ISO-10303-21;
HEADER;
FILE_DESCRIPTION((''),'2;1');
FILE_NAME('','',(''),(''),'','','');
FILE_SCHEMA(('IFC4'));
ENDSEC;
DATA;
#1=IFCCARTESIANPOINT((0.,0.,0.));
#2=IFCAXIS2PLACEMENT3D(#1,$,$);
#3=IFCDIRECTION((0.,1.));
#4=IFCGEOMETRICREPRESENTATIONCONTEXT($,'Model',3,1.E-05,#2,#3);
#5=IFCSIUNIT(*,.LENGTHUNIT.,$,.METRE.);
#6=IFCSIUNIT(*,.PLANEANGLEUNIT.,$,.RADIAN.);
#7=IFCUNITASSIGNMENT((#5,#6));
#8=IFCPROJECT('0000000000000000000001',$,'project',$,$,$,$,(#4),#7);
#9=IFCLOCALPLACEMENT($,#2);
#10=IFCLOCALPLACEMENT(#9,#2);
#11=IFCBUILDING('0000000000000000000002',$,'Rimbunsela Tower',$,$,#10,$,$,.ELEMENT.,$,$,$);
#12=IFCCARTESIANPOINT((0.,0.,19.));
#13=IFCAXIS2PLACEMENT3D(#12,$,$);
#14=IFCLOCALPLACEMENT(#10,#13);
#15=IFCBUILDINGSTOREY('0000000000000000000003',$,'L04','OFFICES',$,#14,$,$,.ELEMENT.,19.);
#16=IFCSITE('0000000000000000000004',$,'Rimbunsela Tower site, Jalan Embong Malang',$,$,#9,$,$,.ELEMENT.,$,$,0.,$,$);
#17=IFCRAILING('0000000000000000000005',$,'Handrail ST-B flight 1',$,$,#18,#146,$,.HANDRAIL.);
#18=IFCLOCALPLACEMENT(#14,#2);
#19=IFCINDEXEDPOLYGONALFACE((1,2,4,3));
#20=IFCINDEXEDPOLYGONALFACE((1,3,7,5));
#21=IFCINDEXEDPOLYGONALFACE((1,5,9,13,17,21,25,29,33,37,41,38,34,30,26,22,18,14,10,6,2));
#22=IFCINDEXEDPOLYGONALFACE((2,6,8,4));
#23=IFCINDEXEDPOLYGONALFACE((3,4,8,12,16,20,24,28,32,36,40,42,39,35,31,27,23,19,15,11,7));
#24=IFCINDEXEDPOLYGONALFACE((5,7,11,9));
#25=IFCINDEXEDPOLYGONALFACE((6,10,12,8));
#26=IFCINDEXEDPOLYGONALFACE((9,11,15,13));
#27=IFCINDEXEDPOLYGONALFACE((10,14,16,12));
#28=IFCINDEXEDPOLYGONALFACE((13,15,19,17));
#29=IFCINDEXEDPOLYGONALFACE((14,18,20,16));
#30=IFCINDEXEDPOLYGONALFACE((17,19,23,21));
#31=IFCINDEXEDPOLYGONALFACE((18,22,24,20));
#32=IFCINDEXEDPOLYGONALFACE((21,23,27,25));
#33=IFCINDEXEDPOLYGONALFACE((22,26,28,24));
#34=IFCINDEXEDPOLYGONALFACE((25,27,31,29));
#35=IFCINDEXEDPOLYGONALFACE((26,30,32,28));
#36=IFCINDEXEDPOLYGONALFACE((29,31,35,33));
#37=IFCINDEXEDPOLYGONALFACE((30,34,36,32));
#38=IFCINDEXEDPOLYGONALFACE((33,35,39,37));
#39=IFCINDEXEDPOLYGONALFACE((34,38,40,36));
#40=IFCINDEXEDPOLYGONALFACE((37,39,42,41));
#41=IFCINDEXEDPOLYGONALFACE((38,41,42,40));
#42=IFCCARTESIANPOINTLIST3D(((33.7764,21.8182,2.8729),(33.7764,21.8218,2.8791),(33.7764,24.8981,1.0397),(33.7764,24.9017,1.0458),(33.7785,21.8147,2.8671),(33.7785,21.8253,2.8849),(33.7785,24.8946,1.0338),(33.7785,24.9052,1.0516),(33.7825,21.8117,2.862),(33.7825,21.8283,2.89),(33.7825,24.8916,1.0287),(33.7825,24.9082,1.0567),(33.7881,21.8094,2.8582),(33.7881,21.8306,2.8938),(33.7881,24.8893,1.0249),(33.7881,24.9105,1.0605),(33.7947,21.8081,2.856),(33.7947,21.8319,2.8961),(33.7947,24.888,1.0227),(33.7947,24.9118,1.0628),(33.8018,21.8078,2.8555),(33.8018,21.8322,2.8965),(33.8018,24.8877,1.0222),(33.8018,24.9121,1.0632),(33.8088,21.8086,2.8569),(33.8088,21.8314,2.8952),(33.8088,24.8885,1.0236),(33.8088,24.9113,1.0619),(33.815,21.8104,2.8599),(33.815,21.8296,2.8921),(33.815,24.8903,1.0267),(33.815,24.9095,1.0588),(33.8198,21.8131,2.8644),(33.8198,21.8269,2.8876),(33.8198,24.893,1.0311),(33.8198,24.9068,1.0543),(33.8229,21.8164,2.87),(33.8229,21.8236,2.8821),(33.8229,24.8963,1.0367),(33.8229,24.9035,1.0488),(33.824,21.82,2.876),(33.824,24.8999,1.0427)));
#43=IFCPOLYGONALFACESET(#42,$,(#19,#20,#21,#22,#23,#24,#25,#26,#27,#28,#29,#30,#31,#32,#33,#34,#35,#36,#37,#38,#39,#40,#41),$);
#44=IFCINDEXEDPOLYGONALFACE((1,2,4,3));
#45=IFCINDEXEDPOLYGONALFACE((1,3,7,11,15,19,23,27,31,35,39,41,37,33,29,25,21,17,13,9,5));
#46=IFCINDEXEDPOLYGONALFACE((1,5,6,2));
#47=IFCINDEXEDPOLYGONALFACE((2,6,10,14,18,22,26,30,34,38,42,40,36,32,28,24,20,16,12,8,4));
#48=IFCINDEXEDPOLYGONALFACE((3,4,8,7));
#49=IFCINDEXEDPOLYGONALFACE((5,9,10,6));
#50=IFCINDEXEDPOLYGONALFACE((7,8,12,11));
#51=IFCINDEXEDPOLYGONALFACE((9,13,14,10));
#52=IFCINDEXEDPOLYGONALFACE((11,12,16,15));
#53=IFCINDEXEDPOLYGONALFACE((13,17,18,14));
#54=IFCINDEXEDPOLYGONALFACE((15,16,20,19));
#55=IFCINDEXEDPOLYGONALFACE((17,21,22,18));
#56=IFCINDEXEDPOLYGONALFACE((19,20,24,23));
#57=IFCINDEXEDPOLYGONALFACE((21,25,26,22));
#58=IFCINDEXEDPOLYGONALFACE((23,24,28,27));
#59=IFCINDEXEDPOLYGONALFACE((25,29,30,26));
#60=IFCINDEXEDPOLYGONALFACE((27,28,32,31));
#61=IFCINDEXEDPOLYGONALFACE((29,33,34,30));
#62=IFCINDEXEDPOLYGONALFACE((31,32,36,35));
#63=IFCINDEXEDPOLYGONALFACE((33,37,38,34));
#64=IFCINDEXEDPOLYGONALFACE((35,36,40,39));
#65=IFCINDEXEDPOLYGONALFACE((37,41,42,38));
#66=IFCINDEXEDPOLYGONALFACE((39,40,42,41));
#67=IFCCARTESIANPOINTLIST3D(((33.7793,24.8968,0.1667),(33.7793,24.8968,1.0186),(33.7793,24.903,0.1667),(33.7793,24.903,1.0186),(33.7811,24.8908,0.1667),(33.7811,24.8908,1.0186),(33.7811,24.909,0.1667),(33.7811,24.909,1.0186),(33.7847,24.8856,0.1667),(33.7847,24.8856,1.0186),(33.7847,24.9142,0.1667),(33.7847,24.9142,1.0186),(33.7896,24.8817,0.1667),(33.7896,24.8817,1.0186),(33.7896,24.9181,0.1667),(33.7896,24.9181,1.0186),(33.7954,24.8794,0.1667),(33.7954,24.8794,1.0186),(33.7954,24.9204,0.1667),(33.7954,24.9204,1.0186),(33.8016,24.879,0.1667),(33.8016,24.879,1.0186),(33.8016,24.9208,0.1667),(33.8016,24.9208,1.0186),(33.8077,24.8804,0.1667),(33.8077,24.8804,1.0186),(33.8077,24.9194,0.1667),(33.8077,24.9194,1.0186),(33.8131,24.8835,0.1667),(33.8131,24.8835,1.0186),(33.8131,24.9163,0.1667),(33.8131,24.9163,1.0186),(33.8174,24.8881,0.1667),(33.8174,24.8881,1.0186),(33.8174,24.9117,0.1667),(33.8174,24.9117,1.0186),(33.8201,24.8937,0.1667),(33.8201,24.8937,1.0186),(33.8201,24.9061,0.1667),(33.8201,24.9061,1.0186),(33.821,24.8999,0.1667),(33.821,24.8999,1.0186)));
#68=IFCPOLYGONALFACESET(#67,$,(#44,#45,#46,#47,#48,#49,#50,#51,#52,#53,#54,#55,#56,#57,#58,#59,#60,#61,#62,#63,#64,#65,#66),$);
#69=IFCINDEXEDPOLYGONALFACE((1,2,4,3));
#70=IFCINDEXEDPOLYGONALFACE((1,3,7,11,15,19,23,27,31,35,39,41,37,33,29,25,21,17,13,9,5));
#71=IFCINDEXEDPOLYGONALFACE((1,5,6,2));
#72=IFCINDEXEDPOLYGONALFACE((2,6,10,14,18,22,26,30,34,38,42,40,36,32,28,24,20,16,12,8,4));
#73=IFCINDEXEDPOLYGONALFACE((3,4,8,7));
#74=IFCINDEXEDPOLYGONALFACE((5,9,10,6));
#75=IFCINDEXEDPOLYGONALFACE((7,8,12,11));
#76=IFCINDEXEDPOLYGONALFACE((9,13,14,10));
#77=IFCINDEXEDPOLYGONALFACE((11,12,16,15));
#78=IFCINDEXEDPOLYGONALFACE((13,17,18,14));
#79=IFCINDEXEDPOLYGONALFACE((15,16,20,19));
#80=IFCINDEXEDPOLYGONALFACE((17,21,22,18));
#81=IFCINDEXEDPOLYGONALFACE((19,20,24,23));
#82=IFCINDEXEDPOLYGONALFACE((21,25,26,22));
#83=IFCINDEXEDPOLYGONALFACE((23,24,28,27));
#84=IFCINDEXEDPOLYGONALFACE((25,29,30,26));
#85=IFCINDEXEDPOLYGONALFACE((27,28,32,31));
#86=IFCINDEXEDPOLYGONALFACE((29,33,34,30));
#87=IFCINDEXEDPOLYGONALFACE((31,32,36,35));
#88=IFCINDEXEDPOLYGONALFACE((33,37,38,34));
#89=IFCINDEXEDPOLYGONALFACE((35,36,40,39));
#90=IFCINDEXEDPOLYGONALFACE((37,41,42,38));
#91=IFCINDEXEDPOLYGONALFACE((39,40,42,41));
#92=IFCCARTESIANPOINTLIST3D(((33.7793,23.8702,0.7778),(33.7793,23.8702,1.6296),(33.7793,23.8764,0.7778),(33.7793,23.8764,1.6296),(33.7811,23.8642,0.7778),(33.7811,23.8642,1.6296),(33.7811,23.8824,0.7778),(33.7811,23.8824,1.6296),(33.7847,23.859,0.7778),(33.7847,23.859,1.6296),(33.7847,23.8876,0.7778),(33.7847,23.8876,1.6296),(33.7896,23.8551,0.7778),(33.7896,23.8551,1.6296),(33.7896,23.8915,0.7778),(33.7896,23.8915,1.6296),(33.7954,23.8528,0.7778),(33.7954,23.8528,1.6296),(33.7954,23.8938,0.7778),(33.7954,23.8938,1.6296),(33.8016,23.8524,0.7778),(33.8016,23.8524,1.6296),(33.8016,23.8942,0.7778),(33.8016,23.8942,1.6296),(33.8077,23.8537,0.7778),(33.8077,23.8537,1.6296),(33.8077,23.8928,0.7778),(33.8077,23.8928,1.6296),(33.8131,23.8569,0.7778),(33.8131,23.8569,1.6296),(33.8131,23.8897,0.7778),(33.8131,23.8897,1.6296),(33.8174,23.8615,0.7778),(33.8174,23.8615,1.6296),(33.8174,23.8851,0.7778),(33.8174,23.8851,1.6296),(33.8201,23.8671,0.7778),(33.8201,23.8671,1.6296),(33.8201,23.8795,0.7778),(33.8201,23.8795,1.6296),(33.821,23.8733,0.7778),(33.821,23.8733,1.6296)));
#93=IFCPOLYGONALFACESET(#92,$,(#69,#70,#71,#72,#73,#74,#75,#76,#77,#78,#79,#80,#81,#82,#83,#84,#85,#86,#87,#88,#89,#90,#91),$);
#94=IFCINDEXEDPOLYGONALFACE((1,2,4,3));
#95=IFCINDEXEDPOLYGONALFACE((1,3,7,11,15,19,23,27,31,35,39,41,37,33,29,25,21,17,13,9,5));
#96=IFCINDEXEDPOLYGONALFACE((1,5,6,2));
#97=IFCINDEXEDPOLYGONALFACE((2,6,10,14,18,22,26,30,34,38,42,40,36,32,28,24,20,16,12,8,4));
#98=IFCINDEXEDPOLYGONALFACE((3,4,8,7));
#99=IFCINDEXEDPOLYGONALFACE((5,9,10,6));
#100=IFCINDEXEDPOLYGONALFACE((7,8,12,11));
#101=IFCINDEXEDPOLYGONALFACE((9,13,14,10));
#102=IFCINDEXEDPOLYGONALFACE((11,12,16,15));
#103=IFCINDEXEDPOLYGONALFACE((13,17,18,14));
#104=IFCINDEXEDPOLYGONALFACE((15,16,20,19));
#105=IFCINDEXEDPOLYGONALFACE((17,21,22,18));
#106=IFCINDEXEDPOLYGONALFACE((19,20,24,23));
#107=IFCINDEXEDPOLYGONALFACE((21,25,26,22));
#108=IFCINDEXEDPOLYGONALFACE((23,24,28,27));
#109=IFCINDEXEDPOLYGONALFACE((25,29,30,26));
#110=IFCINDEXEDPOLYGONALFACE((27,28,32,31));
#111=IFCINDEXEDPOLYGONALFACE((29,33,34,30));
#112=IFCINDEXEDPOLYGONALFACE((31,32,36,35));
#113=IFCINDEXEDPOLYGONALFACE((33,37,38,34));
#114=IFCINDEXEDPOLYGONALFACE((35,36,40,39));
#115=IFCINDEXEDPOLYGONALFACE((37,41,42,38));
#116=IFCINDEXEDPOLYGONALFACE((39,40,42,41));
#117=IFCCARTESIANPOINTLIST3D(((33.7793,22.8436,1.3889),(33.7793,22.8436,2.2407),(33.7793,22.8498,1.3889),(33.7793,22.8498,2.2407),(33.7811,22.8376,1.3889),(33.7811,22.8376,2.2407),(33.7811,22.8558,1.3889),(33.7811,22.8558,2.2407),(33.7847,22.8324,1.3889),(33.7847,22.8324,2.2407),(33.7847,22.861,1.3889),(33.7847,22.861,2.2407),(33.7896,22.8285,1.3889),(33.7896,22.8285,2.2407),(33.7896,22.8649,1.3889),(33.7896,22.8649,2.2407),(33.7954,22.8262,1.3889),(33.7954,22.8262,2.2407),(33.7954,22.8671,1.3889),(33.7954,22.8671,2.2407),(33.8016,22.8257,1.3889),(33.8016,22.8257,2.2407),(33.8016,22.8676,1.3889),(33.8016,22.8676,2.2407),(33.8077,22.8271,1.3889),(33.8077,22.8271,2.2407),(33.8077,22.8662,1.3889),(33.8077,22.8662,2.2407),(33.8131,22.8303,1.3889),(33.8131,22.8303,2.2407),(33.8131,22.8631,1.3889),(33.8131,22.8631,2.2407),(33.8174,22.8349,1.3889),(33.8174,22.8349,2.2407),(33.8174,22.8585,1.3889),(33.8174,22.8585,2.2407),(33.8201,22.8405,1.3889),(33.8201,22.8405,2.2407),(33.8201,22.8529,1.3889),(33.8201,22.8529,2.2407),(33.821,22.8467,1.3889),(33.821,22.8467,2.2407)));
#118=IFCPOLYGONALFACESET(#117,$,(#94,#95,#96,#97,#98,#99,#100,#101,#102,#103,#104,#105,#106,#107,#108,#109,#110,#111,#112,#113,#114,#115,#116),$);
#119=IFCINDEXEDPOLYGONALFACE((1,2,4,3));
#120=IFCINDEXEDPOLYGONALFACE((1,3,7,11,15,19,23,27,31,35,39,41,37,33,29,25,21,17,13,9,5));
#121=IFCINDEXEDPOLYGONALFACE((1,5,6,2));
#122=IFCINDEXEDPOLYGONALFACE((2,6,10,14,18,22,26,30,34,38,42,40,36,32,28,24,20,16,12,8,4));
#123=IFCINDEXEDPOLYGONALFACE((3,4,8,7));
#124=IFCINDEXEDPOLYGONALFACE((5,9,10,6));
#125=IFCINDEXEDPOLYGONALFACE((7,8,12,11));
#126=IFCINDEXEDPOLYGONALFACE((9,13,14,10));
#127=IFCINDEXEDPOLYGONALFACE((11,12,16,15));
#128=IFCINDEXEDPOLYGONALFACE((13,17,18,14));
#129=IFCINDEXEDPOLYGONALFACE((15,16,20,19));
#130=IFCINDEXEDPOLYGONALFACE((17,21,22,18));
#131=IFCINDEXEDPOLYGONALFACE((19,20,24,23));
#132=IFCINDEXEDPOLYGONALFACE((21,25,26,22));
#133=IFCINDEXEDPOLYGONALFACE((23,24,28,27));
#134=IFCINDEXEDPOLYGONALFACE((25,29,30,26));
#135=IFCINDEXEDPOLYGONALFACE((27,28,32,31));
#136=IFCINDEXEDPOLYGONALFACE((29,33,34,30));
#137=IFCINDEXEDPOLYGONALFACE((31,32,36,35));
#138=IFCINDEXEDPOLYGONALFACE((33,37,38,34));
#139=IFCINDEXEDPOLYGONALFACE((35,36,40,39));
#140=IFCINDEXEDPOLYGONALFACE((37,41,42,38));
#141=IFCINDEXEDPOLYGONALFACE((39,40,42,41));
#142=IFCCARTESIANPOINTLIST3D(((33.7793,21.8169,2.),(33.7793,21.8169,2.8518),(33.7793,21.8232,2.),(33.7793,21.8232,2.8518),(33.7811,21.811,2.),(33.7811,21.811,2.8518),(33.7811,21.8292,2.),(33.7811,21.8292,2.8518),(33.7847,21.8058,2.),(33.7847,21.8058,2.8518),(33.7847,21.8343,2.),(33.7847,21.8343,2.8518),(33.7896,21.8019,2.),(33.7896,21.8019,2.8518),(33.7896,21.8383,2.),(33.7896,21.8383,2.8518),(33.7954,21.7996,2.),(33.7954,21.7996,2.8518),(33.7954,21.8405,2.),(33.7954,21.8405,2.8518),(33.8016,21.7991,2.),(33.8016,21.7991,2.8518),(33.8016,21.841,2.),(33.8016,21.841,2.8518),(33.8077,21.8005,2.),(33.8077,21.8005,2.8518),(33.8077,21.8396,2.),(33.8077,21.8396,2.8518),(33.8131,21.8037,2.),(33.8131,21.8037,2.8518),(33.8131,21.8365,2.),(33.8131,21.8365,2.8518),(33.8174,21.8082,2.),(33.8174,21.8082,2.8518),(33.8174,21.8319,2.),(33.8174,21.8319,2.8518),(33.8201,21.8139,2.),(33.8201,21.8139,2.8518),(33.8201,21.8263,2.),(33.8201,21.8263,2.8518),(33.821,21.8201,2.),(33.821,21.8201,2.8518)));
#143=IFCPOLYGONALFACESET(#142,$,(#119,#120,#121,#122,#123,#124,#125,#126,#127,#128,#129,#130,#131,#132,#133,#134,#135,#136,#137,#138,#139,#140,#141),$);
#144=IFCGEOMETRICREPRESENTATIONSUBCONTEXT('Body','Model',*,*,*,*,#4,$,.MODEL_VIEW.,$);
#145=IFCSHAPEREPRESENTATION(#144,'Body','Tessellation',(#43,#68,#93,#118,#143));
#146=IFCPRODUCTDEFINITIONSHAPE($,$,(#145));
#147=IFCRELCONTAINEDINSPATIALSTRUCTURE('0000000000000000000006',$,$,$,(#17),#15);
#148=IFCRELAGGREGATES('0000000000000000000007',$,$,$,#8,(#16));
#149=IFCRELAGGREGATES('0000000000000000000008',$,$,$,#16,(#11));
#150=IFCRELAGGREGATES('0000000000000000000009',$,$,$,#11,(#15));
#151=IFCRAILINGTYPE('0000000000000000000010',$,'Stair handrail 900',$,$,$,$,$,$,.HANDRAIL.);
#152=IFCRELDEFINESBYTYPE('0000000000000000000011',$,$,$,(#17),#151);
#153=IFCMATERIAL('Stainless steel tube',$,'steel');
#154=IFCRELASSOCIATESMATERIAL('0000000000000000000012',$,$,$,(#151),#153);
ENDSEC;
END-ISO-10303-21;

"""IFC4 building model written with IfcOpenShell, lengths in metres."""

from ifc_helpers import new_model, si_unit, direction, frame, origin, origin_2d, place, context, subcontext, project, spatial, circle, extrude, material, type_object, element, save


model = new_model("IFC4")

# Units and contexts
model_context = context("Model", 3, precision=1e-05, world=origin(), true_north=direction((0.0, 1.0)))
body_context = subcontext(model_context, "Body", "Model", "MODEL_VIEW")
ifc_project = project(units=[si_unit("LENGTHUNIT", "METRE"), si_unit("PLANEANGLEUNIT", "RADIAN")], contexts=[model_context])

# Site, building, storey
site_placement = place(None, origin())
site = spatial("IfcSite", under=ifc_project, at=site_placement, Name="Rimbunsela Tower site, Jalan Embong Malang", CompositionType="ELEMENT", RefElevation=0.0)
building_placement = place(site_placement, origin())
building = spatial("IfcBuilding", under=site, at=building_placement, Name="Rimbunsela Tower", CompositionType="ELEMENT")
storey_placement = place(building_placement, frame((0.0, 0.0, 19.0)))
storey = spatial("IfcBuildingStorey", under=building, at=storey_placement, Name="L04", Description="OFFICES", CompositionType="ELEMENT", Elevation=19.0)

# Railing
ifc_material_1 = material(Name="Stainless steel tube", Category="steel")
railing_type = type_object("IfcRailingType", Name="Stair handrail 900", PredefinedType="HANDRAIL", material=ifc_material_1)
railing_1_placement = place(storey_placement, frame((33.8, 24.8999, 0.1667)))
element("IfcRailing", 1, at=railing_1_placement, inside=storey, type_object=railing_type, Name="Handrail ST-B flight 1", PredefinedType="HANDRAIL", context=body_context, shape_type="SweptSolid", body=[
    extrude(circle(Radius=0.0239, at=origin_2d()), frame((0.0, 0.0, 0.876), z_axis=(0.0, -0.859291, 0.511487), x_axis=(1.0, 0.0, 0.0)), (0.0, 0.0, 1.0), 3.5842),
    extrude(circle(Radius=0.021, at=origin_2d()), origin(), (0.0, 0.0, 1.0), 0.8518),
    extrude(circle(Radius=0.021, at=origin_2d()), frame((0.0, -1.0266, 0.6111)), (0.0, 0.0, 1.0), 0.8518),
    extrude(circle(Radius=0.021, at=origin_2d()), frame((0.0, -2.0532, 1.2222)), (0.0, 0.0, 1.0), 0.8518),
    extrude(circle(Radius=0.021, at=origin_2d()), frame((0.0, -3.0798, 1.8333)), (0.0, 0.0, 1.0), 0.8518),
])

save(model, "model.ifc")
